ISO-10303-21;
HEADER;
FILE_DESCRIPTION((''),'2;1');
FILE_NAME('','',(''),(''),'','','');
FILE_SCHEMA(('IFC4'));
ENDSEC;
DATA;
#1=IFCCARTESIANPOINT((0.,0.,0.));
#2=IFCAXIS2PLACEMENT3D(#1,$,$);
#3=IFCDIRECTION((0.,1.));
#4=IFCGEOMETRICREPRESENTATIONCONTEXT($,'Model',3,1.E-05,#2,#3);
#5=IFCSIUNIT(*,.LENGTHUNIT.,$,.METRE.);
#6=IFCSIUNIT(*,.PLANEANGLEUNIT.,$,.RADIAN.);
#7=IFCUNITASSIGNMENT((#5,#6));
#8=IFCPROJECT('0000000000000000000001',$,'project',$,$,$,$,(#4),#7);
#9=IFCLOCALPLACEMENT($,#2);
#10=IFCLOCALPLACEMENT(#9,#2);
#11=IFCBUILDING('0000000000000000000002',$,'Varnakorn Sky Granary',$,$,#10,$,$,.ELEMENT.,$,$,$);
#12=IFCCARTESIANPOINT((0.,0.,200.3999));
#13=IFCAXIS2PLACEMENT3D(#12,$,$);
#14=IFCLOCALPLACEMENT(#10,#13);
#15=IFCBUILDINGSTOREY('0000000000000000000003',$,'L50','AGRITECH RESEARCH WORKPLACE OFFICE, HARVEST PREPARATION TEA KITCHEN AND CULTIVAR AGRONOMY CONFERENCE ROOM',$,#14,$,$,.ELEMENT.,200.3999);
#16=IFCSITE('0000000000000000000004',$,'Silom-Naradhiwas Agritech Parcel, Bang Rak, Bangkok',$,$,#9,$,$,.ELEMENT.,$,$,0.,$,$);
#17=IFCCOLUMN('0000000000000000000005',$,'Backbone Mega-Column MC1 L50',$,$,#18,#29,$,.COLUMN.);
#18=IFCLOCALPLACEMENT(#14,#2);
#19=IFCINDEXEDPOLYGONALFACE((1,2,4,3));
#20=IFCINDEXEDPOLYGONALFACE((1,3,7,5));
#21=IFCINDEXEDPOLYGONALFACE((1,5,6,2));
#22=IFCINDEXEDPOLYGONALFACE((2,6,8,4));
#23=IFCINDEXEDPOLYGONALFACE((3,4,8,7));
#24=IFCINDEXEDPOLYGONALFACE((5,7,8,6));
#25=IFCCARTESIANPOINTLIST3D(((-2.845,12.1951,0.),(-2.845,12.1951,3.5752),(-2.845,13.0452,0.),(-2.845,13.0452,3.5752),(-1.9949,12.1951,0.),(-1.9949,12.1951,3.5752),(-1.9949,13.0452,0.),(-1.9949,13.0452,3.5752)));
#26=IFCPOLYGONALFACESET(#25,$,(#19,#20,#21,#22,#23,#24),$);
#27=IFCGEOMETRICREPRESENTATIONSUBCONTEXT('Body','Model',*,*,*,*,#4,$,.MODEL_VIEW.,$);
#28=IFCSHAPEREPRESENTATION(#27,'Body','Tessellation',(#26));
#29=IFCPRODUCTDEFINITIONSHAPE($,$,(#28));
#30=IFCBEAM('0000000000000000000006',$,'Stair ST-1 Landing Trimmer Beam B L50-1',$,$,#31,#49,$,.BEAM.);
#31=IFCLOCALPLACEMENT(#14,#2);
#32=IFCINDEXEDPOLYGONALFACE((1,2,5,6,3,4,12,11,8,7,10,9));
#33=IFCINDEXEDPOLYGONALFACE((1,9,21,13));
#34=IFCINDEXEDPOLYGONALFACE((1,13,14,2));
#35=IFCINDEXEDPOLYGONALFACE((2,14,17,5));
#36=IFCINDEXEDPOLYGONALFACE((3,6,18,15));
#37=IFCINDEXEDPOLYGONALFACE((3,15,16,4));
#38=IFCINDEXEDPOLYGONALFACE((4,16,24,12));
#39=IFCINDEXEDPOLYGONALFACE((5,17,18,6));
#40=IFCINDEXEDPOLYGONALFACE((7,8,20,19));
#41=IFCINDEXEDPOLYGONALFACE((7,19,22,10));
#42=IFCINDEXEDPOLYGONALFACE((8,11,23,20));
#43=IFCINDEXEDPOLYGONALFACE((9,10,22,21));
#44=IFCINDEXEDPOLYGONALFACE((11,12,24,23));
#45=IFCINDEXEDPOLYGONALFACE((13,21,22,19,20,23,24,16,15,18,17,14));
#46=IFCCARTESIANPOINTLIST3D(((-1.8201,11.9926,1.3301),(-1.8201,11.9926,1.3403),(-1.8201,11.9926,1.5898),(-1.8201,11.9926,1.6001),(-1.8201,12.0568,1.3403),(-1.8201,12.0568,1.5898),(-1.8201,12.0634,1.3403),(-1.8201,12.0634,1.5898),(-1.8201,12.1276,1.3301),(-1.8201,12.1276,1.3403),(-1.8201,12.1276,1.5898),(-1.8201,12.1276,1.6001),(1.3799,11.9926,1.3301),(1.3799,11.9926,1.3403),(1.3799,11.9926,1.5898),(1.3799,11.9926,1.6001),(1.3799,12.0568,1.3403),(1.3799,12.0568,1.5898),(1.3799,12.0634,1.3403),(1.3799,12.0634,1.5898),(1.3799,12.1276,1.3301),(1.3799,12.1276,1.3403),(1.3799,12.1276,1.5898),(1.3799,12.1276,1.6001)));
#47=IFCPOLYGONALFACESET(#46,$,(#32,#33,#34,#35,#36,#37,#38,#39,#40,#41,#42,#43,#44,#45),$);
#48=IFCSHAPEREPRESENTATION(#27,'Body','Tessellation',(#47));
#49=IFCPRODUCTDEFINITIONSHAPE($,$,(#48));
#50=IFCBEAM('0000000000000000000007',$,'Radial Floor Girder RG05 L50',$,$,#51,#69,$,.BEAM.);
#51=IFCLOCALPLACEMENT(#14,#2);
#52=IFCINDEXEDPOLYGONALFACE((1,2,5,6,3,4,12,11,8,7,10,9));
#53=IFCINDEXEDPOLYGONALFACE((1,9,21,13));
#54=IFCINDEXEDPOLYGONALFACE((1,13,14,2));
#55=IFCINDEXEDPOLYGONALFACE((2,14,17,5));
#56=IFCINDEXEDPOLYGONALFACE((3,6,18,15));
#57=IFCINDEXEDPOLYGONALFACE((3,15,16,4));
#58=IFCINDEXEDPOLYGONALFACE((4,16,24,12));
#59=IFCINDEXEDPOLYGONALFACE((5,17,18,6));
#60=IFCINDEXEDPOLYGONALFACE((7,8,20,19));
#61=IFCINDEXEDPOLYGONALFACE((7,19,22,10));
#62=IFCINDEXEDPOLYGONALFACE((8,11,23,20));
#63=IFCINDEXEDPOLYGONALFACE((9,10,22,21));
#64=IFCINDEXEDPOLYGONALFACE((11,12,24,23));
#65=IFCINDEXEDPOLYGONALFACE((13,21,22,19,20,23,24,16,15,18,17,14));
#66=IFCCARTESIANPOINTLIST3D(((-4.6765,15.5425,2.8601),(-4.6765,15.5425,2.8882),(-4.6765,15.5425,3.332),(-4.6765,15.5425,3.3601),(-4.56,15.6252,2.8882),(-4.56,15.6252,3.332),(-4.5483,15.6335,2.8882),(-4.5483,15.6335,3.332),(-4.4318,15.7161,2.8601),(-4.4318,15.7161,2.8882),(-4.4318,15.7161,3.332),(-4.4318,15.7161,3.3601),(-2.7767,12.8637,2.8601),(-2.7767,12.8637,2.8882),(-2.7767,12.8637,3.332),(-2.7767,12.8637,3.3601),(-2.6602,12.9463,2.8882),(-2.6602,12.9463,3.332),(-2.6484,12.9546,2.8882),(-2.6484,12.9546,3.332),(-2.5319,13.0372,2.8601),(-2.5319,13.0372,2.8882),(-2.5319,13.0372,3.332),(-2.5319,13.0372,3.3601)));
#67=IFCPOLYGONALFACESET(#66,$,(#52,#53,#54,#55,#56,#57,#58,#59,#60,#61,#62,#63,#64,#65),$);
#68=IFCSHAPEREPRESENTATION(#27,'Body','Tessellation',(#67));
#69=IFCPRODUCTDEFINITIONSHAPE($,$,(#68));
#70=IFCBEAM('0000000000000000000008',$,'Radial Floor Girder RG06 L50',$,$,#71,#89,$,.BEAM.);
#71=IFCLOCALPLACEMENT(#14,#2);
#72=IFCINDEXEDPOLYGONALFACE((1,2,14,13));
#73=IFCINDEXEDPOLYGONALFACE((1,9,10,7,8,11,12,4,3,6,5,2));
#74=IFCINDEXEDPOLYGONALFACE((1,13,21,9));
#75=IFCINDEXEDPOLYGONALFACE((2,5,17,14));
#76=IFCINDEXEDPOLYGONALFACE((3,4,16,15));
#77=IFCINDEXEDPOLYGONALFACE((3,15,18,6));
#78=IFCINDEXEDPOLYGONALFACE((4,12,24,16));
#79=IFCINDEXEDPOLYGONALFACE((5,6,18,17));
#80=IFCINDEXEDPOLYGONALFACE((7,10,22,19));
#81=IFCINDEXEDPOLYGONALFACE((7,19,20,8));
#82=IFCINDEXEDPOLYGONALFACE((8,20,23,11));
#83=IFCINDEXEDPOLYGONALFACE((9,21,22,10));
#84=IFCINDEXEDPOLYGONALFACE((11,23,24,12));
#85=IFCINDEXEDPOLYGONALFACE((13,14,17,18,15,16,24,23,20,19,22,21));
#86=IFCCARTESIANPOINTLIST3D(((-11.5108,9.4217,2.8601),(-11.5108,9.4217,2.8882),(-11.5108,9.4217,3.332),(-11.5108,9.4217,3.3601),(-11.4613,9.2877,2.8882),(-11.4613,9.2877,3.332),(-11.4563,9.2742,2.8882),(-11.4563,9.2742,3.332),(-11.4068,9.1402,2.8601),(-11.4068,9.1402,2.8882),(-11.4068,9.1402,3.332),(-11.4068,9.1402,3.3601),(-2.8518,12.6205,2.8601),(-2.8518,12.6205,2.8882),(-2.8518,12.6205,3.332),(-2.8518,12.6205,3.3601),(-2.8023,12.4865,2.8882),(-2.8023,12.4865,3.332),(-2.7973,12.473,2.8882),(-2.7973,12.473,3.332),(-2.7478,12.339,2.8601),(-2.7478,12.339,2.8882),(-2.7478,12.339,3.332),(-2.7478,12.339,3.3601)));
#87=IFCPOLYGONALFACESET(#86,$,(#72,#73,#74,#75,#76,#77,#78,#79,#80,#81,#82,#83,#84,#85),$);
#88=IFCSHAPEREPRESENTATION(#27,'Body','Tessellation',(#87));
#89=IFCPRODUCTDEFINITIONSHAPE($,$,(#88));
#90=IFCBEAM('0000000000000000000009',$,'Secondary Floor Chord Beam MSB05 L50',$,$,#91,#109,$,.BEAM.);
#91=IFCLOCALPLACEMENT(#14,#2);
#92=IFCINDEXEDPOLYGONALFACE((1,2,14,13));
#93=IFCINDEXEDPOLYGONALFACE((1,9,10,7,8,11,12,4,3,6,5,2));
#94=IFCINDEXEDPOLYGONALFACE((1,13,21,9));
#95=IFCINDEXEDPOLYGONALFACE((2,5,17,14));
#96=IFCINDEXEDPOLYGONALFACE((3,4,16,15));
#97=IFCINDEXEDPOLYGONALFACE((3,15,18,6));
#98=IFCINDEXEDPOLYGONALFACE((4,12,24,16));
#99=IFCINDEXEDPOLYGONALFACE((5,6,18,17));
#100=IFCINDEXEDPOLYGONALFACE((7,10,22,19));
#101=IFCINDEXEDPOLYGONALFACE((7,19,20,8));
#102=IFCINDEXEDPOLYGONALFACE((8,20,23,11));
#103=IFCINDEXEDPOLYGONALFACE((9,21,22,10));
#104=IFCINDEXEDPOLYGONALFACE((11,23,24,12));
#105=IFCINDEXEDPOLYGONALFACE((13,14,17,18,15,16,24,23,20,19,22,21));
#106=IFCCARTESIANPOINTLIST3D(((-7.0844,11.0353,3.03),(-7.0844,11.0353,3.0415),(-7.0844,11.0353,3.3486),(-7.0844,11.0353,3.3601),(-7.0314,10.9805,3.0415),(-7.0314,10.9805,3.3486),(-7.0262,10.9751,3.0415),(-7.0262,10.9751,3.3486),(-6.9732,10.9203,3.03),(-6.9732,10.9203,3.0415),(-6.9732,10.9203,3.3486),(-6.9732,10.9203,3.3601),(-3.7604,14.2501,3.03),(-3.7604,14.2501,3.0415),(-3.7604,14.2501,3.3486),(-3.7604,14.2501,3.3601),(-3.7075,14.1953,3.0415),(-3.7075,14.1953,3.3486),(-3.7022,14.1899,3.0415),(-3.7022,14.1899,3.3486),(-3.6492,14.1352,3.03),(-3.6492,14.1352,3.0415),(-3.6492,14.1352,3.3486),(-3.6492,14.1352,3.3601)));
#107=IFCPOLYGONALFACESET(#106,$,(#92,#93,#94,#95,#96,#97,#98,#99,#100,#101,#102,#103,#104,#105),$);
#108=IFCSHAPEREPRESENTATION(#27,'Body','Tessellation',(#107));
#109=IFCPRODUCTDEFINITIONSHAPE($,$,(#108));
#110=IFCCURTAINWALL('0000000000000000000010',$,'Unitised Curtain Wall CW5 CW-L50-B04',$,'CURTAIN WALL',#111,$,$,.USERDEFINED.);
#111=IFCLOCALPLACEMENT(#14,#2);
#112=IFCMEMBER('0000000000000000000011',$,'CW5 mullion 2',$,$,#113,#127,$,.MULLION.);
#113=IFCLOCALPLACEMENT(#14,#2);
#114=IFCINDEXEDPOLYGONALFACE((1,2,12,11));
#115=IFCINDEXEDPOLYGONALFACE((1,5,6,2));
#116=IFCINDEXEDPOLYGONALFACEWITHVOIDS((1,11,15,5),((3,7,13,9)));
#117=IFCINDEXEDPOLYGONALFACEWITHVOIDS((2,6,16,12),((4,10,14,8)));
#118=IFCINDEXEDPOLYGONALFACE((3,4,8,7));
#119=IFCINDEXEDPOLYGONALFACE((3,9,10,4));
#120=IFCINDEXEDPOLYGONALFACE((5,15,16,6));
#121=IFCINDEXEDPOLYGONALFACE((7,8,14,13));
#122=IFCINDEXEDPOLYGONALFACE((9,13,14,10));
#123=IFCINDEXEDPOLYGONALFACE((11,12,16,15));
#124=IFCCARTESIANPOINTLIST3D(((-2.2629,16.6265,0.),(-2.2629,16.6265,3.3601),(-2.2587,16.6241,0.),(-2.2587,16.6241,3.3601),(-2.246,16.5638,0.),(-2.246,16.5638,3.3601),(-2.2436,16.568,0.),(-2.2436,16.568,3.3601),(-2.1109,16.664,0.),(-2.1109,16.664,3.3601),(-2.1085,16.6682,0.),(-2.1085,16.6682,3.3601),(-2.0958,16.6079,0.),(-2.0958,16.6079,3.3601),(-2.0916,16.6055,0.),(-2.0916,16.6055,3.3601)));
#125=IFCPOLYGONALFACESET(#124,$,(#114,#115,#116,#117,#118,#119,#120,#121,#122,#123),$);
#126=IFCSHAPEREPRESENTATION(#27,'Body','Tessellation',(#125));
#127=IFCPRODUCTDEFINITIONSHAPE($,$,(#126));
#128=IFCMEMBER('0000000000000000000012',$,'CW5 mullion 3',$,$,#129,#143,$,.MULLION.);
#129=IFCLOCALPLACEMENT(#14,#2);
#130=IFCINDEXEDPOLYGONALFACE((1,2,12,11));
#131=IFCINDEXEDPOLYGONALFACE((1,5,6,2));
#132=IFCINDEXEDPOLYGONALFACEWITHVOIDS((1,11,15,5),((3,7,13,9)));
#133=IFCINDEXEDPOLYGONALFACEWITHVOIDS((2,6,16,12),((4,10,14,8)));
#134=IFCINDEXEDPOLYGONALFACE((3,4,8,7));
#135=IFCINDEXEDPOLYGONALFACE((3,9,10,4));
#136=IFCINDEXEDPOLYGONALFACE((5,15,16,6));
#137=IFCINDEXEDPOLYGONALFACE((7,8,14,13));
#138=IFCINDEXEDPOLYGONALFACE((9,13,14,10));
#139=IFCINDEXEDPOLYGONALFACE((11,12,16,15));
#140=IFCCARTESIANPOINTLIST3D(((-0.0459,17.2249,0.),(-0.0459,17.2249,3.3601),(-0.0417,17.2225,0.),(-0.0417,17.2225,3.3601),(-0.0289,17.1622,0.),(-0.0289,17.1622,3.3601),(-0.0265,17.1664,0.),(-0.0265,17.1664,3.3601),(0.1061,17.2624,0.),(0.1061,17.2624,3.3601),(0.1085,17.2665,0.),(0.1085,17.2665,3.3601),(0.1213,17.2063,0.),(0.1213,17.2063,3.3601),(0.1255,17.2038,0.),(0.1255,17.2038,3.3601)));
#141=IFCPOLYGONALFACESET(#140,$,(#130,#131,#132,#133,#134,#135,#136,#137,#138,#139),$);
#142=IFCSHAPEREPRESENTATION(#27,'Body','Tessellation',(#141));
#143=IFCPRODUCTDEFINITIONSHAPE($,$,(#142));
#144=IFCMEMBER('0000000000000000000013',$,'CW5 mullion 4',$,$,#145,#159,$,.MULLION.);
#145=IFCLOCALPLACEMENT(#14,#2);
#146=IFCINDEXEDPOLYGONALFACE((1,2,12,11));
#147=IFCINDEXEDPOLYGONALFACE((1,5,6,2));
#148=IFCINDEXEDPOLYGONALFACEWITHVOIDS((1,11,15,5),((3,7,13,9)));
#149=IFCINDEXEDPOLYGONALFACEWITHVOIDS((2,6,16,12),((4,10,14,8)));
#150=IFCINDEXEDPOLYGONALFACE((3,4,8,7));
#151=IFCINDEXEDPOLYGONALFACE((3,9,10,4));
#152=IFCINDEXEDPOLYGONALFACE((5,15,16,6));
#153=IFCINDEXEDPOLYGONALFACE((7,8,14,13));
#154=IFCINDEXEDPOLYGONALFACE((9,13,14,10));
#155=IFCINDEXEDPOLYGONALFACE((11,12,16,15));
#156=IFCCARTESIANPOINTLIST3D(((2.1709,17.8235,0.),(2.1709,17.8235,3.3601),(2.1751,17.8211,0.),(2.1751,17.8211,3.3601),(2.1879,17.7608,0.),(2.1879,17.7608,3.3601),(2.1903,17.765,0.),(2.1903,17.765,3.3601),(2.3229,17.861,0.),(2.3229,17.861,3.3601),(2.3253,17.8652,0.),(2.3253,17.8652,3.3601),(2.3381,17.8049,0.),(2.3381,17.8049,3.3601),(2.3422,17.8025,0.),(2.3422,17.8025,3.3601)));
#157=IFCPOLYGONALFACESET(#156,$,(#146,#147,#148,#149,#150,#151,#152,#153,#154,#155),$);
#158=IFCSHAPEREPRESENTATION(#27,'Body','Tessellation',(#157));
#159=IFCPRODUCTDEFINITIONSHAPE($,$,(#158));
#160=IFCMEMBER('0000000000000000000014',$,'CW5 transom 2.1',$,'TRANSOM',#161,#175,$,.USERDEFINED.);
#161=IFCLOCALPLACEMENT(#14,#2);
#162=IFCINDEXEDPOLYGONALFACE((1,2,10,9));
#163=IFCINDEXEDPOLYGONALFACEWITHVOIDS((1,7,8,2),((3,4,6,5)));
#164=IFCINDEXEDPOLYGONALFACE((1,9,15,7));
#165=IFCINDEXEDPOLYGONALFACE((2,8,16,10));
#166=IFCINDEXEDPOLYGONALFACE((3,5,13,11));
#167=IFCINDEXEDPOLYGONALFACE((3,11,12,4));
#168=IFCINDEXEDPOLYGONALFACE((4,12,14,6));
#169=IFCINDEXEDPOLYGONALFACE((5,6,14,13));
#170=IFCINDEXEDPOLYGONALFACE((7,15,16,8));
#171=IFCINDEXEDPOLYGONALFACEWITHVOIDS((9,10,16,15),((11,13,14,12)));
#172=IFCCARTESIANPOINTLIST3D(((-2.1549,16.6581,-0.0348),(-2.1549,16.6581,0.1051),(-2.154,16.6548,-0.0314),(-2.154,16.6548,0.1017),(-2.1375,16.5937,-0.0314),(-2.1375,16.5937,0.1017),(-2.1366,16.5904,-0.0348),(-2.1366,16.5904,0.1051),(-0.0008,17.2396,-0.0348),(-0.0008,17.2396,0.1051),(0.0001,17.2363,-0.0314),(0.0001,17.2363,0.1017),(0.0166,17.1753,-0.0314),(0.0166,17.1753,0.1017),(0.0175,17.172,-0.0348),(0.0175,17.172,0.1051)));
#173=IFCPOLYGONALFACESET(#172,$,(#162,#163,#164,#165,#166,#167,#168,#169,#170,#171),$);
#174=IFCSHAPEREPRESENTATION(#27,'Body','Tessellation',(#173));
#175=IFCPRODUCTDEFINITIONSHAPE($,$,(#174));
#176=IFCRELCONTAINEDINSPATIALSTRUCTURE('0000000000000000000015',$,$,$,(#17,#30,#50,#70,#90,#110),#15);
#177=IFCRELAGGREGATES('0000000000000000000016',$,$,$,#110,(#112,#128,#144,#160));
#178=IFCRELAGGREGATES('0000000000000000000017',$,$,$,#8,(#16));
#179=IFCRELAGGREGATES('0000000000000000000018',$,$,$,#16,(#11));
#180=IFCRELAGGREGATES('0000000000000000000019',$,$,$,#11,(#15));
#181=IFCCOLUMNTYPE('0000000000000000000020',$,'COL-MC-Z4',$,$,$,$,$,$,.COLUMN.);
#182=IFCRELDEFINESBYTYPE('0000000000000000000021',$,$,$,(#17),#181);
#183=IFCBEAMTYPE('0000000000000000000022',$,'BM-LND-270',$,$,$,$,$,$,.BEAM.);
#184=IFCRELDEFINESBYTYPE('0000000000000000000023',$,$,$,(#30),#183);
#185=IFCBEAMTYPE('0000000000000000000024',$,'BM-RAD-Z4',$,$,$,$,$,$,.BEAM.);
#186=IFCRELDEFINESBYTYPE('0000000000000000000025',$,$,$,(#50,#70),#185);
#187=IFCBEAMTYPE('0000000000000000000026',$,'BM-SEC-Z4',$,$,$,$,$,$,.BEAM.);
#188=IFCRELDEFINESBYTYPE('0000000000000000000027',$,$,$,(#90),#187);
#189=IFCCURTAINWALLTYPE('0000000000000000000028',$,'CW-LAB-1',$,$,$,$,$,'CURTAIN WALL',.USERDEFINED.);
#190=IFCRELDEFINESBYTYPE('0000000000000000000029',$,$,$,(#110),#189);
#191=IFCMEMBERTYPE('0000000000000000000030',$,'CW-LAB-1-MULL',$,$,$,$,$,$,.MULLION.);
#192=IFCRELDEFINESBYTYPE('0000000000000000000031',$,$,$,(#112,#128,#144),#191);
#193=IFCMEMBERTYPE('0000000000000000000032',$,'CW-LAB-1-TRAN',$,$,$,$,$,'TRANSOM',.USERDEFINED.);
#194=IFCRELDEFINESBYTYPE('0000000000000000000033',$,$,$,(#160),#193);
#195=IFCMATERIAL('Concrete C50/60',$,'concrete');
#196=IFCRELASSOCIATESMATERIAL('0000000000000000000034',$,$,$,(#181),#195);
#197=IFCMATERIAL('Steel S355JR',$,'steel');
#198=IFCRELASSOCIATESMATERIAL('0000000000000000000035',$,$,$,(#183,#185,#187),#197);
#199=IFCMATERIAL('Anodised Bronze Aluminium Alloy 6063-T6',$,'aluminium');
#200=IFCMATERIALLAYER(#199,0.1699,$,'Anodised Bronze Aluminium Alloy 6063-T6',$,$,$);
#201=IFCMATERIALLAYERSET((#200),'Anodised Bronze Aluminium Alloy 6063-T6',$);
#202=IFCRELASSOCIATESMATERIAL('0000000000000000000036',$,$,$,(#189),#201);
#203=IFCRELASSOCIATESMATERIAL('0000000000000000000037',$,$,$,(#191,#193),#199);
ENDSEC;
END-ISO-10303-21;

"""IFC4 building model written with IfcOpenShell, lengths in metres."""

from ifc_helpers import new_model, si_unit, direction, frame, origin, origin_2d, place, context, subcontext, project, spatial, rectangle, hollow_rectangle, i_section, extrude, material, layer, layer_set, material_profile, profile_set, type_object, element, aggregate, save


model = new_model("IFC4")

# Units and contexts
model_context = context("Model", 3, precision=1e-05, world=origin(), true_north=direction((0.0, 1.0)))
body_context = subcontext(model_context, "Body", "Model", "MODEL_VIEW")
ifc_project = project(units=[si_unit("LENGTHUNIT", "METRE"), si_unit("PLANEANGLEUNIT", "RADIAN")], contexts=[model_context])

# Site, building, storey
site_placement = place(None, origin())
site = spatial("IfcSite", under=ifc_project, at=site_placement, Name="Silom-Naradhiwas Agritech Parcel, Bang Rak, Bangkok", CompositionType="ELEMENT", RefElevation=0.0)
building_placement = place(site_placement, origin())
building = spatial("IfcBuilding", under=site, at=building_placement, Name="Varnakorn Sky Granary", CompositionType="ELEMENT")
storey_placement = place(building_placement, frame((0.0, 0.0, 200.3999)))
storey = spatial("IfcBuildingStorey", under=building, at=storey_placement, Name="L50", Description="AGRITECH RESEARCH WORKPLACE OFFICE, HARVEST PREPARATION TEA KITCHEN AND CULTIVAR AGRONOMY CONFERENCE ROOM", CompositionType="ELEMENT", Elevation=200.3999)

# Column
ifc_material_1 = material(Name="Concrete C50/60", Category="concrete")
ifc_material_profile_1 = material_profile(ifc_material_1, rectangle(XDim=0.8501, YDim=0.8501, at=origin_2d()), Name="RC 850x850")
ifc_profile_set_1 = profile_set([ifc_material_profile_1], Name="Concrete C50/60")
column_type = type_object("IfcColumnType", Name="COL-MC-Z4", PredefinedType="COLUMN", material=ifc_profile_set_1)
column_placement = place(storey_placement, frame((-2.4199, 12.6201, 0.0), z_axis=(0.0, 0.0, 1.0), x_axis=(1.0, 0.0, 0.0)))
element("IfcColumn", 1, at=column_placement, inside=storey, type_object=column_type, Name="Backbone Mega-Column MC1 L50", PredefinedType="COLUMN", context=body_context, shape_type="SweptSolid", body=[
    extrude(rectangle(XDim=0.8501, YDim=0.8501, at=origin_2d()), origin(), (0.0, 0.0, 1.0), 3.5752),
])

# Beams
ifc_material_2 = material(Name="Steel S355JR", Category="steel")
ifc_material_profile_2 = material_profile(ifc_material_2, i_section(OverallWidth=0.135, OverallDepth=0.27, WebThickness=0.0066, FlangeThickness=0.0103, at=origin_2d()), Name="IPE 270")
ifc_profile_set_2 = profile_set([ifc_material_profile_2], Name="Steel S355JR")
beam_type_1 = type_object("IfcBeamType", Name="BM-LND-270", PredefinedType="BEAM", material=ifc_profile_set_2)
beam_1_placement = place(storey_placement, frame((-1.8201, 12.0601, 1.4651), z_axis=(1.0, 0.0, 0.0), x_axis=(0.0, 1.0, 0.0)))
element("IfcBeam", 2, at=beam_1_placement, inside=storey, type_object=beam_type_1, Name="Stair ST-1 Landing Trimmer Beam B L50-1", PredefinedType="BEAM", context=body_context, shape_type="SweptSolid", body=[
    extrude(i_section(OverallWidth=0.135, OverallDepth=0.27, WebThickness=0.0066, FlangeThickness=0.0103, at=origin_2d()), origin(), (0.0, 0.0, 1.0), 3.2),
])
ifc_material_profile_3 = material_profile(ifc_material_2, i_section(OverallWidth=0.3, OverallDepth=0.5, WebThickness=0.0144, FlangeThickness=0.0281, at=origin_2d()), Name="HE 500 B")
ifc_profile_set_3 = profile_set([ifc_material_profile_3], Name="Steel S355JR")
beam_type_2 = type_object("IfcBeamType", Name="BM-RAD-Z4", PredefinedType="BEAM", material=ifc_profile_set_3)
beam_2_placement = place(storey_placement, frame((-2.6543, 12.9504, 3.1101), z_axis=(-0.578485, 0.815693, 0.0), x_axis=(-0.815693, -0.578485, 0.0)))
element("IfcBeam", 3, at=beam_2_placement, inside=storey, type_object=beam_type_2, Name="Radial Floor Girder RG05 L50", PredefinedType="BEAM", context=body_context, shape_type="SweptSolid", body=[
    extrude(i_section(OverallWidth=0.3, OverallDepth=0.5, WebThickness=0.0144, FlangeThickness=0.0281, at=origin_2d()), origin(), (0.0, 0.0, 1.0), 3.2842),
])
beam_3_placement = place(storey_placement, frame((-2.7998, 12.4797, 3.1101), z_axis=(-0.938041, -0.346525, 0.0), x_axis=(0.346525, -0.938041, 0.0)))
element("IfcBeam", 4, at=beam_3_placement, inside=storey, type_object=beam_type_2, Name="Radial Floor Girder RG06 L50", PredefinedType="BEAM", context=body_context, shape_type="SweptSolid", body=[
    extrude(i_section(OverallWidth=0.3, OverallDepth=0.5, WebThickness=0.0144, FlangeThickness=0.0281, at=origin_2d()), origin(), (0.0, 0.0, 1.0), 9.231),
])
ifc_material_profile_4 = material_profile(ifc_material_2, i_section(OverallWidth=0.1599, OverallDepth=0.3301, WebThickness=0.0076, FlangeThickness=0.0115, at=origin_2d()), Name="IPE 330")
ifc_profile_set_4 = profile_set([ifc_material_profile_4], Name="Steel S355JR")
beam_type_3 = type_object("IfcBeamType", Name="BM-SEC-Z4", PredefinedType="BEAM", material=ifc_profile_set_4)
beam_4_placement = place(storey_placement, frame((-3.7048, 14.1926, 3.1951), z_axis=(-0.718808, -0.695209, 0.0), x_axis=(0.695209, -0.718808, 0.0)))
element("IfcBeam", 5, at=beam_4_placement, inside=storey, type_object=beam_type_3, Name="Secondary Floor Chord Beam MSB05 L50", PredefinedType="BEAM", context=body_context, shape_type="SweptSolid", body=[
    extrude(i_section(OverallWidth=0.1599, OverallDepth=0.3301, WebThickness=0.0076, FlangeThickness=0.0115, at=origin_2d()), origin(), (0.0, 0.0, 1.0), 4.6243),
])

# Curtain wall, members
ifc_material_3 = material(Name="Anodised Bronze Aluminium Alloy 6063-T6", Category="aluminium")
ifc_layer_1 = layer(ifc_material_3, 0.1699, Name="Anodised Bronze Aluminium Alloy 6063-T6")
ifc_layer_set_1 = layer_set([ifc_layer_1], Name="Anodised Bronze Aluminium Alloy 6063-T6")
curtain_wall_type = type_object("IfcCurtainWallType", Name="CW-LAB-1", ElementType="CURTAIN WALL", PredefinedType="USERDEFINED", material=ifc_layer_set_1)
curtain_wall_placement = place(storey_placement, origin())
curtain_wall = element("IfcCurtainWall", 6, at=curtain_wall_placement, inside=storey, type_object=curtain_wall_type, Name="Unitised Curtain Wall CW5 CW-L50-B04", ObjectType="CURTAIN WALL", PredefinedType="USERDEFINED")
ifc_material_profile_5 = material_profile(ifc_material_3, hollow_rectangle(XDim=0.0649, YDim=0.1599, WallThickness=0.0034, at=origin_2d()), Name="ALU MULL 65x160")
ifc_profile_set_5 = profile_set([ifc_material_profile_5], Name="Anodised Bronze Aluminium Alloy 6063-T6")
member_type_1 = type_object("IfcMemberType", Name="CW-LAB-1-MULL", PredefinedType="MULLION", material=ifc_profile_set_5)
member_1_placement = place(storey_placement, frame((-2.1772, 16.616, 0.0), z_axis=(0.0, 0.0, 1.0), x_axis=(-0.260643, 0.965435, 0.0)))
member_1 = element("IfcMember", 7, at=member_1_placement, type_object=member_type_1, Name="CW5 mullion 2", PredefinedType="MULLION", context=body_context, shape_type="SweptSolid", body=[
    extrude(hollow_rectangle(XDim=0.0649, YDim=0.1599, WallThickness=0.0034, at=origin_2d()), origin(), (0.0, 0.0, 1.0), 3.3601),
])
member_2_placement = place(storey_placement, frame((0.0398, 17.2144, 0.0), z_axis=(0.0, 0.0, 1.0), x_axis=(-0.260643, 0.965435, 0.0)))
member_2 = element("IfcMember", 8, at=member_2_placement, type_object=member_type_1, Name="CW5 mullion 3", PredefinedType="MULLION", context=body_context, shape_type="SweptSolid", body=[
    extrude(hollow_rectangle(XDim=0.0649, YDim=0.1599, WallThickness=0.0034, at=origin_2d()), origin(), (0.0, 0.0, 1.0), 3.3601),
])
member_3_placement = place(storey_placement, frame((2.2566, 17.813, 0.0), z_axis=(0.0, 0.0, 1.0), x_axis=(-0.260643, 0.965435, 0.0)))
member_3 = element("IfcMember", 9, at=member_3_placement, type_object=member_type_1, Name="CW5 mullion 4", PredefinedType="MULLION", context=body_context, shape_type="SweptSolid", body=[
    extrude(hollow_rectangle(XDim=0.0649, YDim=0.1599, WallThickness=0.0034, at=origin_2d()), origin(), (0.0, 0.0, 1.0), 3.3601),
])
ifc_material_profile_6 = material_profile(ifc_material_3, hollow_rectangle(XDim=0.0701, YDim=0.1399, WallThickness=0.0034, at=origin_2d()), Name="ALU TRAN 70x140")
ifc_profile_set_6 = profile_set([ifc_material_profile_6], Name="Anodised Bronze Aluminium Alloy 6063-T6")
member_type_2 = type_object("IfcMemberType", Name="CW-LAB-1-TRAN", ElementType="TRANSOM", PredefinedType="USERDEFINED", material=ifc_profile_set_6)
member_4_placement = place(storey_placement, frame((-2.1458, 16.6243, 0.0352), z_axis=(0.965435, 0.260644, 0.0), x_axis=(-0.260644, 0.965435, 0.0)))
member_4 = element("IfcMember", 10, at=member_4_placement, type_object=member_type_2, Name="CW5 transom 2.1", ObjectType="TRANSOM", PredefinedType="USERDEFINED", context=body_context, shape_type="SweptSolid", body=[
    extrude(hollow_rectangle(XDim=0.0701, YDim=0.1399, WallThickness=0.0034, at=origin_2d()), origin(), (0.0, 0.0, 1.0), 2.2312),
])

aggregate(curtain_wall, [member_1, member_2, member_3, member_4])

save(model, "model.ifc")
